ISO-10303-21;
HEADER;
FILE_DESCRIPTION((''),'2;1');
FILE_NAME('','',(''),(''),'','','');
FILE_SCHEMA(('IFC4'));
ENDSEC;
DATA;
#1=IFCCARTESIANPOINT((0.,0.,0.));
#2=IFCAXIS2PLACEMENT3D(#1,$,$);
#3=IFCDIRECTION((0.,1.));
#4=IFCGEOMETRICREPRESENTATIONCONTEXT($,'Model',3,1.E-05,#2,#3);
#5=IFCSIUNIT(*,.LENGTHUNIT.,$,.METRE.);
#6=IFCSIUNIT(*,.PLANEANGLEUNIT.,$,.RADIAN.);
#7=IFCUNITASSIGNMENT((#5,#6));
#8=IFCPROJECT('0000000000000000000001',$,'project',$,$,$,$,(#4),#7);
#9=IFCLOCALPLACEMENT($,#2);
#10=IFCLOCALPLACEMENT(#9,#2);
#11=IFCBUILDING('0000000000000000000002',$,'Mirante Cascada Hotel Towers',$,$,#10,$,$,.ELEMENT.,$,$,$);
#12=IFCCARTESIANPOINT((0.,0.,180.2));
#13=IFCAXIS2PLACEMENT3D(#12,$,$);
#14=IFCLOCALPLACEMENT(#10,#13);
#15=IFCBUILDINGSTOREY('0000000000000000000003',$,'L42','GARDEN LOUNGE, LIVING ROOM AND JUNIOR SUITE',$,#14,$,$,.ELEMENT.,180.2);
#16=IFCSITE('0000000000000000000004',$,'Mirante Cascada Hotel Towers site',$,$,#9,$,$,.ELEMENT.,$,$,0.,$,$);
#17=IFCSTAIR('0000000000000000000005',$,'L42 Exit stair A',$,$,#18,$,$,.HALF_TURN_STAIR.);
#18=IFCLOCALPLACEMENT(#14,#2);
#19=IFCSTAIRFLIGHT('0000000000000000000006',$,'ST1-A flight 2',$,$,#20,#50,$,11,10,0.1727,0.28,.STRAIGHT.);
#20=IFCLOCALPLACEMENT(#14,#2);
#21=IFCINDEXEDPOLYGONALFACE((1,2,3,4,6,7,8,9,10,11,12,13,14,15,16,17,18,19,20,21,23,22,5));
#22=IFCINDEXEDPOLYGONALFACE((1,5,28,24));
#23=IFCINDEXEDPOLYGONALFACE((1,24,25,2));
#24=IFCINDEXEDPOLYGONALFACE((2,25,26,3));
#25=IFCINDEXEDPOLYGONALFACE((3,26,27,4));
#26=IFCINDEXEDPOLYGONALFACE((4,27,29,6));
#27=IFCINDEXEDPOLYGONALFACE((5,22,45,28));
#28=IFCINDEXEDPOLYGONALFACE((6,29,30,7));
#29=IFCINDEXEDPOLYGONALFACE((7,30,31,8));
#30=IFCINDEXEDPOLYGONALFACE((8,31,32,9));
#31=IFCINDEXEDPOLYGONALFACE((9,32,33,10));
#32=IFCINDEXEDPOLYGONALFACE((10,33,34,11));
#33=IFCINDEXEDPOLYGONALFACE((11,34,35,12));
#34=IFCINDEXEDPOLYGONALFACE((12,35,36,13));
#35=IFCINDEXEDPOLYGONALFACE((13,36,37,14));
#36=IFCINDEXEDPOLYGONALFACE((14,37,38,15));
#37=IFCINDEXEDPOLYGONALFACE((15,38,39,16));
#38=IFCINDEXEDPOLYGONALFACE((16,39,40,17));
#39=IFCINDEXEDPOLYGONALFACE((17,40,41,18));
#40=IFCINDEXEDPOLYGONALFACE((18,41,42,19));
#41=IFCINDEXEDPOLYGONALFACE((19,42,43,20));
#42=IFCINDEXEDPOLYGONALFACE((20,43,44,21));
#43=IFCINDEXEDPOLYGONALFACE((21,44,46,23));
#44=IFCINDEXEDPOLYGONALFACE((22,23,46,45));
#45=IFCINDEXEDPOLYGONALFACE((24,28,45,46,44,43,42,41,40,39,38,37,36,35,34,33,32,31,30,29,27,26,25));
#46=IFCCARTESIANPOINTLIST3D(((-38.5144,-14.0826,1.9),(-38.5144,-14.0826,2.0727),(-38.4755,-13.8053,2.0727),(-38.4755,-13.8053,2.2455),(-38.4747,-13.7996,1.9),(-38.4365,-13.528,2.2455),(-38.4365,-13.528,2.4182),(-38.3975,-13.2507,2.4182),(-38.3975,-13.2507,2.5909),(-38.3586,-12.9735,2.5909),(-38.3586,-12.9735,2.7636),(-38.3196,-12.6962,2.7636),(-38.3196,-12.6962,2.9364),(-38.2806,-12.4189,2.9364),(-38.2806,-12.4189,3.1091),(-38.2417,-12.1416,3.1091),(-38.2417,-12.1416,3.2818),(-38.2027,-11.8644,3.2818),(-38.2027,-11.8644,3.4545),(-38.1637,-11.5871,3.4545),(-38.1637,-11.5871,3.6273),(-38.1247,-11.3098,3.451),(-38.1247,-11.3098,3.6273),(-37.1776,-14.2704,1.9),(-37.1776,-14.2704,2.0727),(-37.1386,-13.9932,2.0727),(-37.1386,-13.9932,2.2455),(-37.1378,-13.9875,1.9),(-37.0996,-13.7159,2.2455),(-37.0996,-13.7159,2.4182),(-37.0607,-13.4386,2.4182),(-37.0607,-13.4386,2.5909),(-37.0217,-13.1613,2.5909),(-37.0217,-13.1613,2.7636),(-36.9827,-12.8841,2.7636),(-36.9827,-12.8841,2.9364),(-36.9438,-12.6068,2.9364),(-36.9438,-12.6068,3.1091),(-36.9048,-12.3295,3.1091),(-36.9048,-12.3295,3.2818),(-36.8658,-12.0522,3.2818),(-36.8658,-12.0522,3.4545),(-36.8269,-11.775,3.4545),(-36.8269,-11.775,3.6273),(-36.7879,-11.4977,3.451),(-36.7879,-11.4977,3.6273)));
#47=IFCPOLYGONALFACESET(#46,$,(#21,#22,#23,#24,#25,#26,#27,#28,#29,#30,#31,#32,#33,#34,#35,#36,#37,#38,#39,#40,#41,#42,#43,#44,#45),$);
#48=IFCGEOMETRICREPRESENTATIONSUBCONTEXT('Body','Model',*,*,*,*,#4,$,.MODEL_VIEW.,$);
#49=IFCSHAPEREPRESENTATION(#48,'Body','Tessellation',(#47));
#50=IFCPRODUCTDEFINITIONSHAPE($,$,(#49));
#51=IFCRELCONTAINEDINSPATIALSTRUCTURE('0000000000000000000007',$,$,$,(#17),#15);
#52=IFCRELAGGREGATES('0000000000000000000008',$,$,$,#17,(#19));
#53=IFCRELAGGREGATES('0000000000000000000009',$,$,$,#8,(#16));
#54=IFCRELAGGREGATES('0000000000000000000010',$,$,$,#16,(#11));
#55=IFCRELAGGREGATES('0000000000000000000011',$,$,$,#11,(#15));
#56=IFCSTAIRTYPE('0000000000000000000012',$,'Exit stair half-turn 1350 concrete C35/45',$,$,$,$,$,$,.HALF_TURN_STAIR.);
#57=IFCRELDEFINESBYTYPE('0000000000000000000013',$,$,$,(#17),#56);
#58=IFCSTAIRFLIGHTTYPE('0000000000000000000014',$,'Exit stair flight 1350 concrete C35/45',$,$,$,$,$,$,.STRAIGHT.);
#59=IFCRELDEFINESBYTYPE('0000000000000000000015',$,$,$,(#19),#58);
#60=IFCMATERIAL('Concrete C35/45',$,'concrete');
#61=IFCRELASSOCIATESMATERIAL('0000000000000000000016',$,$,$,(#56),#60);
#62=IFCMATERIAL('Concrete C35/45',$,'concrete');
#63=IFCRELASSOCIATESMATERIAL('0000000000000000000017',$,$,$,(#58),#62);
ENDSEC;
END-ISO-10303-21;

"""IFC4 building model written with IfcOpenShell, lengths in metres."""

from ifc_helpers import new_model, si_unit, direction, frame, origin, place, context, subcontext, project, spatial, polyline, outline, extrude, material, type_object, element, aggregate, save


model = new_model("IFC4")

# Units and contexts
model_context = context("Model", 3, precision=1e-05, world=origin(), true_north=direction((0.0, 1.0)))
body_context = subcontext(model_context, "Body", "Model", "MODEL_VIEW")
ifc_project = project(units=[si_unit("LENGTHUNIT", "METRE"), si_unit("PLANEANGLEUNIT", "RADIAN")], contexts=[model_context])

# Site, building, storey
site_placement = place(None, origin())
site = spatial("IfcSite", under=ifc_project, at=site_placement, Name="Mirante Cascada Hotel Towers site", CompositionType="ELEMENT", RefElevation=0.0)
building_placement = place(site_placement, origin())
building = spatial("IfcBuilding", under=site, at=building_placement, Name="Mirante Cascada Hotel Towers", CompositionType="ELEMENT")
storey_placement = place(building_placement, frame((0.0, 0.0, 180.2)))
storey = spatial("IfcBuildingStorey", under=building, at=storey_placement, Name="L42", Description="GARDEN LOUNGE, LIVING ROOM AND JUNIOR SUITE", CompositionType="ELEMENT", Elevation=180.2)

# Stair, stair flight
ifc_material_1 = material(Name="Concrete C35/45", Category="concrete")
stair_type = type_object("IfcStairType", Name="Exit stair half-turn 1350 concrete C35/45", PredefinedType="HALF_TURN_STAIR", material=ifc_material_1)
stair_placement = place(storey_placement, origin())
stair = element("IfcStair", 1, at=stair_placement, inside=storey, type_object=stair_type, Name="L42 Exit stair A", PredefinedType="HALF_TURN_STAIR")
ifc_material_2 = material(Name="Concrete C35/45", Category="concrete")
stair_flight_type = type_object("IfcStairFlightType", Name="Exit stair flight 1350 concrete C35/45", PredefinedType="STRAIGHT", material=ifc_material_2)
stair_flight_placement = place(storey_placement, frame((-37.846, -14.1765, 1.9), z_axis=(0.0, 0.0, 1.0), x_axis=(0.139173, 0.990268, 0.0)))
stair_flight = element("IfcStairFlight", 2, at=stair_flight_placement, type_object=stair_flight_type, Name="ST1-A flight 2", NumberOfRisers=11, NumberOfTreads=10, PredefinedType="STRAIGHT", RiserHeight=0.1727, TreadLength=0.28, context=body_context, shape_type="SweptSolid", body=[
    extrude(outline(polyline([(0.0, 0.0), (0.0, 0.1727), (0.28, 0.1727), (0.28, 0.3455), (0.56, 0.3455), (0.56, 0.5182), (0.84, 0.5182), (0.84, 0.6909), (1.12, 0.6909), (1.12, 0.8636), (1.4, 0.8636), (1.4, 1.0364), (1.68, 1.0364), (1.68, 1.2091), (1.96, 1.2091), (1.96, 1.3818), (2.24, 1.3818), (2.24, 1.5545), (2.52, 1.5545), (2.52, 1.7273), (2.8, 1.7273), (2.8, 1.9), (2.8, 1.551), (0.2857, 0.0), (0.0, 0.0)])), frame((0.0, 0.675, 0.0), z_axis=(0.0, -1.0, 0.0), x_axis=(1.0, 0.0, 0.0)), (0.0, 0.0, 1.0), 1.35),
])
aggregate(stair, [stair_flight])

save(model, "model.ifc")
